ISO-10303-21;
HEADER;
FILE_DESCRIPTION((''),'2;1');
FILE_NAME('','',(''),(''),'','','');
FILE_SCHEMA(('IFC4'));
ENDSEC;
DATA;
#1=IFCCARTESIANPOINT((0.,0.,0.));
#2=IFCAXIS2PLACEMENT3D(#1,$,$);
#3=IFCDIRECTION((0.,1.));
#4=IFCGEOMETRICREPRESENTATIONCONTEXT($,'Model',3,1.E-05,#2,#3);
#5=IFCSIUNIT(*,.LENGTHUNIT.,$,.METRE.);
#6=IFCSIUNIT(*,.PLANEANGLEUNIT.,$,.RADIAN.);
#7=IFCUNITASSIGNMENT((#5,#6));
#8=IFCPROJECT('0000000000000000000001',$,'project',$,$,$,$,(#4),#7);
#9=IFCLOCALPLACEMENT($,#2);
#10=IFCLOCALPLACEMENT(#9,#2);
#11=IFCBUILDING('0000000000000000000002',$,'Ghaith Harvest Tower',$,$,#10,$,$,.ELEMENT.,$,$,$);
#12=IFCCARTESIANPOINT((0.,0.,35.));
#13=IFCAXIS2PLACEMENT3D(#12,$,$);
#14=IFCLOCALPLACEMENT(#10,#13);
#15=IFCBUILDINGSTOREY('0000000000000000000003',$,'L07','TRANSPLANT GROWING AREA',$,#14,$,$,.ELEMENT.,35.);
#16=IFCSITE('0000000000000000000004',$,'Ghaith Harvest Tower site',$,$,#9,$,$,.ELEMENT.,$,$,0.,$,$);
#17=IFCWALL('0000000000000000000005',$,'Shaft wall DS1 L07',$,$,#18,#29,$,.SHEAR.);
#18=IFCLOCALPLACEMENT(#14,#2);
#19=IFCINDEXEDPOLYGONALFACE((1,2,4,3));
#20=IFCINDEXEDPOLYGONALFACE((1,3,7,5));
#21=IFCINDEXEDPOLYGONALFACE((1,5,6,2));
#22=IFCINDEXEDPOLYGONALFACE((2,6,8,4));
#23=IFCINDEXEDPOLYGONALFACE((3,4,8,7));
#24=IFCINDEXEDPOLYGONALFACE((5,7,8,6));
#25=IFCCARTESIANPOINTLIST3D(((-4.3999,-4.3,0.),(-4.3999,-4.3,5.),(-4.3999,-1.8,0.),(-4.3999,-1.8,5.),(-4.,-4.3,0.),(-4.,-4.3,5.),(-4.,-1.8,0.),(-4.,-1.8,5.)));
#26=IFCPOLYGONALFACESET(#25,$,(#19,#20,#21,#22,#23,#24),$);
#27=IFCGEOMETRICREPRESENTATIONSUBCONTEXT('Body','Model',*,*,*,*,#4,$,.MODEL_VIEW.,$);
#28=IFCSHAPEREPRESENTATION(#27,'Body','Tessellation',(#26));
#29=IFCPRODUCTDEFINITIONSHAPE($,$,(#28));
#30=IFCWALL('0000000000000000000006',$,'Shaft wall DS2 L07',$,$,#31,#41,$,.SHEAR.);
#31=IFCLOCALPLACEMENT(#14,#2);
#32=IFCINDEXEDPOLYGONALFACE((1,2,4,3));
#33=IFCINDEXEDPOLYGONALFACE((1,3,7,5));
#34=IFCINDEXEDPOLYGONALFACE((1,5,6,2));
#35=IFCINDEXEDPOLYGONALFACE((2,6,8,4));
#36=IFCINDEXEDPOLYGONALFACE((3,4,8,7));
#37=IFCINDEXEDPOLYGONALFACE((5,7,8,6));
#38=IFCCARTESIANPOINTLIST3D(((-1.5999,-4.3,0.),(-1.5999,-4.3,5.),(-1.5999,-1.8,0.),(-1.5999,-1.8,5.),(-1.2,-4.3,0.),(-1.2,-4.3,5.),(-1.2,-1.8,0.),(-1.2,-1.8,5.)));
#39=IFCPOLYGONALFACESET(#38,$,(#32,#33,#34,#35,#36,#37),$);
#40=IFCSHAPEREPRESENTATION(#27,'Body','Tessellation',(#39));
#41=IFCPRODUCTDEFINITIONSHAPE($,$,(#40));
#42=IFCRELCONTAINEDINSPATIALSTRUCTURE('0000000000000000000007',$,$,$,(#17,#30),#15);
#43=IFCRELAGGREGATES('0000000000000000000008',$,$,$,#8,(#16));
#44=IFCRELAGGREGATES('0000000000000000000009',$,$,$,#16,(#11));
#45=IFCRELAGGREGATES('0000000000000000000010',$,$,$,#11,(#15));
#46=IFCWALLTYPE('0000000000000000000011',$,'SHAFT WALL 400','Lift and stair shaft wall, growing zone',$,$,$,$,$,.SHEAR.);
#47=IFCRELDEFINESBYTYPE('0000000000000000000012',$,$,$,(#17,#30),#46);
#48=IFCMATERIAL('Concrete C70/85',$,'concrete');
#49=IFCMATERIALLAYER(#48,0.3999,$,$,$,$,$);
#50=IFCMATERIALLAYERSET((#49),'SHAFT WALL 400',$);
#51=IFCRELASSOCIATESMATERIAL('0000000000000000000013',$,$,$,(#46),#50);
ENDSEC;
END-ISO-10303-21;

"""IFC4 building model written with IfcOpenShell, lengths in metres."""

from ifc_helpers import new_model, si_unit, direction, frame, frame_2d, origin, place, context, subcontext, project, spatial, rectangle, extrude, material, layer, layer_set, type_object, element, save


model = new_model("IFC4")

# Units and contexts
model_context = context("Model", 3, precision=1e-05, world=origin(), true_north=direction((0.0, 1.0)))
body_context = subcontext(model_context, "Body", "Model", "MODEL_VIEW")
ifc_project = project(units=[si_unit("LENGTHUNIT", "METRE"), si_unit("PLANEANGLEUNIT", "RADIAN")], contexts=[model_context])

# Site, building, storey
site_placement = place(None, origin())
site = spatial("IfcSite", under=ifc_project, at=site_placement, Name="Ghaith Harvest Tower site", CompositionType="ELEMENT", RefElevation=0.0)
building_placement = place(site_placement, origin())
building = spatial("IfcBuilding", under=site, at=building_placement, Name="Ghaith Harvest Tower", CompositionType="ELEMENT")
storey_placement = place(building_placement, frame((0.0, 0.0, 35.0)))
storey = spatial("IfcBuildingStorey", under=building, at=storey_placement, Name="L07", Description="TRANSPLANT GROWING AREA", CompositionType="ELEMENT", Elevation=35.0)

# Shared definitions
ifc_material_1 = material(Name="Concrete C70/85", Category="concrete")
ifc_layer_1 = layer(ifc_material_1, 0.3999)
ifc_layer_set_1 = layer_set([ifc_layer_1], Name="SHAFT WALL 400")
wall_type_1 = type_object("IfcWallType", Name="SHAFT WALL 400", Description="Lift and stair shaft wall, growing zone", PredefinedType="SHEAR", material=ifc_layer_set_1)

# Walls
for number, where, z_axis, x_axis, name in (
    (1, (-4.2, -4.3, 0.0), (0.0, 0.0, 1.0), (0.0, 1.0, 0.0), "Shaft wall DS1 L07"),
    (2, (-1.3999, -4.3, 0.0), (0.0, 0.0, 1.0), (0.0, 1.0, 0.0), "Shaft wall DS2 L07"),
):
    element("IfcWall", number, at=place(storey_placement, frame(where, z_axis=z_axis, x_axis=x_axis)), inside=storey, type_object=wall_type_1, Name=name, PredefinedType="SHEAR", context=body_context, shape_type="SweptSolid", body=[
        extrude(rectangle(XDim=2.5, YDim=0.3999, at=frame_2d((1.25, 0.0))), origin(), (0.0, 0.0, 1.0), 5.0),
    ])

save(model, "model.ifc")
